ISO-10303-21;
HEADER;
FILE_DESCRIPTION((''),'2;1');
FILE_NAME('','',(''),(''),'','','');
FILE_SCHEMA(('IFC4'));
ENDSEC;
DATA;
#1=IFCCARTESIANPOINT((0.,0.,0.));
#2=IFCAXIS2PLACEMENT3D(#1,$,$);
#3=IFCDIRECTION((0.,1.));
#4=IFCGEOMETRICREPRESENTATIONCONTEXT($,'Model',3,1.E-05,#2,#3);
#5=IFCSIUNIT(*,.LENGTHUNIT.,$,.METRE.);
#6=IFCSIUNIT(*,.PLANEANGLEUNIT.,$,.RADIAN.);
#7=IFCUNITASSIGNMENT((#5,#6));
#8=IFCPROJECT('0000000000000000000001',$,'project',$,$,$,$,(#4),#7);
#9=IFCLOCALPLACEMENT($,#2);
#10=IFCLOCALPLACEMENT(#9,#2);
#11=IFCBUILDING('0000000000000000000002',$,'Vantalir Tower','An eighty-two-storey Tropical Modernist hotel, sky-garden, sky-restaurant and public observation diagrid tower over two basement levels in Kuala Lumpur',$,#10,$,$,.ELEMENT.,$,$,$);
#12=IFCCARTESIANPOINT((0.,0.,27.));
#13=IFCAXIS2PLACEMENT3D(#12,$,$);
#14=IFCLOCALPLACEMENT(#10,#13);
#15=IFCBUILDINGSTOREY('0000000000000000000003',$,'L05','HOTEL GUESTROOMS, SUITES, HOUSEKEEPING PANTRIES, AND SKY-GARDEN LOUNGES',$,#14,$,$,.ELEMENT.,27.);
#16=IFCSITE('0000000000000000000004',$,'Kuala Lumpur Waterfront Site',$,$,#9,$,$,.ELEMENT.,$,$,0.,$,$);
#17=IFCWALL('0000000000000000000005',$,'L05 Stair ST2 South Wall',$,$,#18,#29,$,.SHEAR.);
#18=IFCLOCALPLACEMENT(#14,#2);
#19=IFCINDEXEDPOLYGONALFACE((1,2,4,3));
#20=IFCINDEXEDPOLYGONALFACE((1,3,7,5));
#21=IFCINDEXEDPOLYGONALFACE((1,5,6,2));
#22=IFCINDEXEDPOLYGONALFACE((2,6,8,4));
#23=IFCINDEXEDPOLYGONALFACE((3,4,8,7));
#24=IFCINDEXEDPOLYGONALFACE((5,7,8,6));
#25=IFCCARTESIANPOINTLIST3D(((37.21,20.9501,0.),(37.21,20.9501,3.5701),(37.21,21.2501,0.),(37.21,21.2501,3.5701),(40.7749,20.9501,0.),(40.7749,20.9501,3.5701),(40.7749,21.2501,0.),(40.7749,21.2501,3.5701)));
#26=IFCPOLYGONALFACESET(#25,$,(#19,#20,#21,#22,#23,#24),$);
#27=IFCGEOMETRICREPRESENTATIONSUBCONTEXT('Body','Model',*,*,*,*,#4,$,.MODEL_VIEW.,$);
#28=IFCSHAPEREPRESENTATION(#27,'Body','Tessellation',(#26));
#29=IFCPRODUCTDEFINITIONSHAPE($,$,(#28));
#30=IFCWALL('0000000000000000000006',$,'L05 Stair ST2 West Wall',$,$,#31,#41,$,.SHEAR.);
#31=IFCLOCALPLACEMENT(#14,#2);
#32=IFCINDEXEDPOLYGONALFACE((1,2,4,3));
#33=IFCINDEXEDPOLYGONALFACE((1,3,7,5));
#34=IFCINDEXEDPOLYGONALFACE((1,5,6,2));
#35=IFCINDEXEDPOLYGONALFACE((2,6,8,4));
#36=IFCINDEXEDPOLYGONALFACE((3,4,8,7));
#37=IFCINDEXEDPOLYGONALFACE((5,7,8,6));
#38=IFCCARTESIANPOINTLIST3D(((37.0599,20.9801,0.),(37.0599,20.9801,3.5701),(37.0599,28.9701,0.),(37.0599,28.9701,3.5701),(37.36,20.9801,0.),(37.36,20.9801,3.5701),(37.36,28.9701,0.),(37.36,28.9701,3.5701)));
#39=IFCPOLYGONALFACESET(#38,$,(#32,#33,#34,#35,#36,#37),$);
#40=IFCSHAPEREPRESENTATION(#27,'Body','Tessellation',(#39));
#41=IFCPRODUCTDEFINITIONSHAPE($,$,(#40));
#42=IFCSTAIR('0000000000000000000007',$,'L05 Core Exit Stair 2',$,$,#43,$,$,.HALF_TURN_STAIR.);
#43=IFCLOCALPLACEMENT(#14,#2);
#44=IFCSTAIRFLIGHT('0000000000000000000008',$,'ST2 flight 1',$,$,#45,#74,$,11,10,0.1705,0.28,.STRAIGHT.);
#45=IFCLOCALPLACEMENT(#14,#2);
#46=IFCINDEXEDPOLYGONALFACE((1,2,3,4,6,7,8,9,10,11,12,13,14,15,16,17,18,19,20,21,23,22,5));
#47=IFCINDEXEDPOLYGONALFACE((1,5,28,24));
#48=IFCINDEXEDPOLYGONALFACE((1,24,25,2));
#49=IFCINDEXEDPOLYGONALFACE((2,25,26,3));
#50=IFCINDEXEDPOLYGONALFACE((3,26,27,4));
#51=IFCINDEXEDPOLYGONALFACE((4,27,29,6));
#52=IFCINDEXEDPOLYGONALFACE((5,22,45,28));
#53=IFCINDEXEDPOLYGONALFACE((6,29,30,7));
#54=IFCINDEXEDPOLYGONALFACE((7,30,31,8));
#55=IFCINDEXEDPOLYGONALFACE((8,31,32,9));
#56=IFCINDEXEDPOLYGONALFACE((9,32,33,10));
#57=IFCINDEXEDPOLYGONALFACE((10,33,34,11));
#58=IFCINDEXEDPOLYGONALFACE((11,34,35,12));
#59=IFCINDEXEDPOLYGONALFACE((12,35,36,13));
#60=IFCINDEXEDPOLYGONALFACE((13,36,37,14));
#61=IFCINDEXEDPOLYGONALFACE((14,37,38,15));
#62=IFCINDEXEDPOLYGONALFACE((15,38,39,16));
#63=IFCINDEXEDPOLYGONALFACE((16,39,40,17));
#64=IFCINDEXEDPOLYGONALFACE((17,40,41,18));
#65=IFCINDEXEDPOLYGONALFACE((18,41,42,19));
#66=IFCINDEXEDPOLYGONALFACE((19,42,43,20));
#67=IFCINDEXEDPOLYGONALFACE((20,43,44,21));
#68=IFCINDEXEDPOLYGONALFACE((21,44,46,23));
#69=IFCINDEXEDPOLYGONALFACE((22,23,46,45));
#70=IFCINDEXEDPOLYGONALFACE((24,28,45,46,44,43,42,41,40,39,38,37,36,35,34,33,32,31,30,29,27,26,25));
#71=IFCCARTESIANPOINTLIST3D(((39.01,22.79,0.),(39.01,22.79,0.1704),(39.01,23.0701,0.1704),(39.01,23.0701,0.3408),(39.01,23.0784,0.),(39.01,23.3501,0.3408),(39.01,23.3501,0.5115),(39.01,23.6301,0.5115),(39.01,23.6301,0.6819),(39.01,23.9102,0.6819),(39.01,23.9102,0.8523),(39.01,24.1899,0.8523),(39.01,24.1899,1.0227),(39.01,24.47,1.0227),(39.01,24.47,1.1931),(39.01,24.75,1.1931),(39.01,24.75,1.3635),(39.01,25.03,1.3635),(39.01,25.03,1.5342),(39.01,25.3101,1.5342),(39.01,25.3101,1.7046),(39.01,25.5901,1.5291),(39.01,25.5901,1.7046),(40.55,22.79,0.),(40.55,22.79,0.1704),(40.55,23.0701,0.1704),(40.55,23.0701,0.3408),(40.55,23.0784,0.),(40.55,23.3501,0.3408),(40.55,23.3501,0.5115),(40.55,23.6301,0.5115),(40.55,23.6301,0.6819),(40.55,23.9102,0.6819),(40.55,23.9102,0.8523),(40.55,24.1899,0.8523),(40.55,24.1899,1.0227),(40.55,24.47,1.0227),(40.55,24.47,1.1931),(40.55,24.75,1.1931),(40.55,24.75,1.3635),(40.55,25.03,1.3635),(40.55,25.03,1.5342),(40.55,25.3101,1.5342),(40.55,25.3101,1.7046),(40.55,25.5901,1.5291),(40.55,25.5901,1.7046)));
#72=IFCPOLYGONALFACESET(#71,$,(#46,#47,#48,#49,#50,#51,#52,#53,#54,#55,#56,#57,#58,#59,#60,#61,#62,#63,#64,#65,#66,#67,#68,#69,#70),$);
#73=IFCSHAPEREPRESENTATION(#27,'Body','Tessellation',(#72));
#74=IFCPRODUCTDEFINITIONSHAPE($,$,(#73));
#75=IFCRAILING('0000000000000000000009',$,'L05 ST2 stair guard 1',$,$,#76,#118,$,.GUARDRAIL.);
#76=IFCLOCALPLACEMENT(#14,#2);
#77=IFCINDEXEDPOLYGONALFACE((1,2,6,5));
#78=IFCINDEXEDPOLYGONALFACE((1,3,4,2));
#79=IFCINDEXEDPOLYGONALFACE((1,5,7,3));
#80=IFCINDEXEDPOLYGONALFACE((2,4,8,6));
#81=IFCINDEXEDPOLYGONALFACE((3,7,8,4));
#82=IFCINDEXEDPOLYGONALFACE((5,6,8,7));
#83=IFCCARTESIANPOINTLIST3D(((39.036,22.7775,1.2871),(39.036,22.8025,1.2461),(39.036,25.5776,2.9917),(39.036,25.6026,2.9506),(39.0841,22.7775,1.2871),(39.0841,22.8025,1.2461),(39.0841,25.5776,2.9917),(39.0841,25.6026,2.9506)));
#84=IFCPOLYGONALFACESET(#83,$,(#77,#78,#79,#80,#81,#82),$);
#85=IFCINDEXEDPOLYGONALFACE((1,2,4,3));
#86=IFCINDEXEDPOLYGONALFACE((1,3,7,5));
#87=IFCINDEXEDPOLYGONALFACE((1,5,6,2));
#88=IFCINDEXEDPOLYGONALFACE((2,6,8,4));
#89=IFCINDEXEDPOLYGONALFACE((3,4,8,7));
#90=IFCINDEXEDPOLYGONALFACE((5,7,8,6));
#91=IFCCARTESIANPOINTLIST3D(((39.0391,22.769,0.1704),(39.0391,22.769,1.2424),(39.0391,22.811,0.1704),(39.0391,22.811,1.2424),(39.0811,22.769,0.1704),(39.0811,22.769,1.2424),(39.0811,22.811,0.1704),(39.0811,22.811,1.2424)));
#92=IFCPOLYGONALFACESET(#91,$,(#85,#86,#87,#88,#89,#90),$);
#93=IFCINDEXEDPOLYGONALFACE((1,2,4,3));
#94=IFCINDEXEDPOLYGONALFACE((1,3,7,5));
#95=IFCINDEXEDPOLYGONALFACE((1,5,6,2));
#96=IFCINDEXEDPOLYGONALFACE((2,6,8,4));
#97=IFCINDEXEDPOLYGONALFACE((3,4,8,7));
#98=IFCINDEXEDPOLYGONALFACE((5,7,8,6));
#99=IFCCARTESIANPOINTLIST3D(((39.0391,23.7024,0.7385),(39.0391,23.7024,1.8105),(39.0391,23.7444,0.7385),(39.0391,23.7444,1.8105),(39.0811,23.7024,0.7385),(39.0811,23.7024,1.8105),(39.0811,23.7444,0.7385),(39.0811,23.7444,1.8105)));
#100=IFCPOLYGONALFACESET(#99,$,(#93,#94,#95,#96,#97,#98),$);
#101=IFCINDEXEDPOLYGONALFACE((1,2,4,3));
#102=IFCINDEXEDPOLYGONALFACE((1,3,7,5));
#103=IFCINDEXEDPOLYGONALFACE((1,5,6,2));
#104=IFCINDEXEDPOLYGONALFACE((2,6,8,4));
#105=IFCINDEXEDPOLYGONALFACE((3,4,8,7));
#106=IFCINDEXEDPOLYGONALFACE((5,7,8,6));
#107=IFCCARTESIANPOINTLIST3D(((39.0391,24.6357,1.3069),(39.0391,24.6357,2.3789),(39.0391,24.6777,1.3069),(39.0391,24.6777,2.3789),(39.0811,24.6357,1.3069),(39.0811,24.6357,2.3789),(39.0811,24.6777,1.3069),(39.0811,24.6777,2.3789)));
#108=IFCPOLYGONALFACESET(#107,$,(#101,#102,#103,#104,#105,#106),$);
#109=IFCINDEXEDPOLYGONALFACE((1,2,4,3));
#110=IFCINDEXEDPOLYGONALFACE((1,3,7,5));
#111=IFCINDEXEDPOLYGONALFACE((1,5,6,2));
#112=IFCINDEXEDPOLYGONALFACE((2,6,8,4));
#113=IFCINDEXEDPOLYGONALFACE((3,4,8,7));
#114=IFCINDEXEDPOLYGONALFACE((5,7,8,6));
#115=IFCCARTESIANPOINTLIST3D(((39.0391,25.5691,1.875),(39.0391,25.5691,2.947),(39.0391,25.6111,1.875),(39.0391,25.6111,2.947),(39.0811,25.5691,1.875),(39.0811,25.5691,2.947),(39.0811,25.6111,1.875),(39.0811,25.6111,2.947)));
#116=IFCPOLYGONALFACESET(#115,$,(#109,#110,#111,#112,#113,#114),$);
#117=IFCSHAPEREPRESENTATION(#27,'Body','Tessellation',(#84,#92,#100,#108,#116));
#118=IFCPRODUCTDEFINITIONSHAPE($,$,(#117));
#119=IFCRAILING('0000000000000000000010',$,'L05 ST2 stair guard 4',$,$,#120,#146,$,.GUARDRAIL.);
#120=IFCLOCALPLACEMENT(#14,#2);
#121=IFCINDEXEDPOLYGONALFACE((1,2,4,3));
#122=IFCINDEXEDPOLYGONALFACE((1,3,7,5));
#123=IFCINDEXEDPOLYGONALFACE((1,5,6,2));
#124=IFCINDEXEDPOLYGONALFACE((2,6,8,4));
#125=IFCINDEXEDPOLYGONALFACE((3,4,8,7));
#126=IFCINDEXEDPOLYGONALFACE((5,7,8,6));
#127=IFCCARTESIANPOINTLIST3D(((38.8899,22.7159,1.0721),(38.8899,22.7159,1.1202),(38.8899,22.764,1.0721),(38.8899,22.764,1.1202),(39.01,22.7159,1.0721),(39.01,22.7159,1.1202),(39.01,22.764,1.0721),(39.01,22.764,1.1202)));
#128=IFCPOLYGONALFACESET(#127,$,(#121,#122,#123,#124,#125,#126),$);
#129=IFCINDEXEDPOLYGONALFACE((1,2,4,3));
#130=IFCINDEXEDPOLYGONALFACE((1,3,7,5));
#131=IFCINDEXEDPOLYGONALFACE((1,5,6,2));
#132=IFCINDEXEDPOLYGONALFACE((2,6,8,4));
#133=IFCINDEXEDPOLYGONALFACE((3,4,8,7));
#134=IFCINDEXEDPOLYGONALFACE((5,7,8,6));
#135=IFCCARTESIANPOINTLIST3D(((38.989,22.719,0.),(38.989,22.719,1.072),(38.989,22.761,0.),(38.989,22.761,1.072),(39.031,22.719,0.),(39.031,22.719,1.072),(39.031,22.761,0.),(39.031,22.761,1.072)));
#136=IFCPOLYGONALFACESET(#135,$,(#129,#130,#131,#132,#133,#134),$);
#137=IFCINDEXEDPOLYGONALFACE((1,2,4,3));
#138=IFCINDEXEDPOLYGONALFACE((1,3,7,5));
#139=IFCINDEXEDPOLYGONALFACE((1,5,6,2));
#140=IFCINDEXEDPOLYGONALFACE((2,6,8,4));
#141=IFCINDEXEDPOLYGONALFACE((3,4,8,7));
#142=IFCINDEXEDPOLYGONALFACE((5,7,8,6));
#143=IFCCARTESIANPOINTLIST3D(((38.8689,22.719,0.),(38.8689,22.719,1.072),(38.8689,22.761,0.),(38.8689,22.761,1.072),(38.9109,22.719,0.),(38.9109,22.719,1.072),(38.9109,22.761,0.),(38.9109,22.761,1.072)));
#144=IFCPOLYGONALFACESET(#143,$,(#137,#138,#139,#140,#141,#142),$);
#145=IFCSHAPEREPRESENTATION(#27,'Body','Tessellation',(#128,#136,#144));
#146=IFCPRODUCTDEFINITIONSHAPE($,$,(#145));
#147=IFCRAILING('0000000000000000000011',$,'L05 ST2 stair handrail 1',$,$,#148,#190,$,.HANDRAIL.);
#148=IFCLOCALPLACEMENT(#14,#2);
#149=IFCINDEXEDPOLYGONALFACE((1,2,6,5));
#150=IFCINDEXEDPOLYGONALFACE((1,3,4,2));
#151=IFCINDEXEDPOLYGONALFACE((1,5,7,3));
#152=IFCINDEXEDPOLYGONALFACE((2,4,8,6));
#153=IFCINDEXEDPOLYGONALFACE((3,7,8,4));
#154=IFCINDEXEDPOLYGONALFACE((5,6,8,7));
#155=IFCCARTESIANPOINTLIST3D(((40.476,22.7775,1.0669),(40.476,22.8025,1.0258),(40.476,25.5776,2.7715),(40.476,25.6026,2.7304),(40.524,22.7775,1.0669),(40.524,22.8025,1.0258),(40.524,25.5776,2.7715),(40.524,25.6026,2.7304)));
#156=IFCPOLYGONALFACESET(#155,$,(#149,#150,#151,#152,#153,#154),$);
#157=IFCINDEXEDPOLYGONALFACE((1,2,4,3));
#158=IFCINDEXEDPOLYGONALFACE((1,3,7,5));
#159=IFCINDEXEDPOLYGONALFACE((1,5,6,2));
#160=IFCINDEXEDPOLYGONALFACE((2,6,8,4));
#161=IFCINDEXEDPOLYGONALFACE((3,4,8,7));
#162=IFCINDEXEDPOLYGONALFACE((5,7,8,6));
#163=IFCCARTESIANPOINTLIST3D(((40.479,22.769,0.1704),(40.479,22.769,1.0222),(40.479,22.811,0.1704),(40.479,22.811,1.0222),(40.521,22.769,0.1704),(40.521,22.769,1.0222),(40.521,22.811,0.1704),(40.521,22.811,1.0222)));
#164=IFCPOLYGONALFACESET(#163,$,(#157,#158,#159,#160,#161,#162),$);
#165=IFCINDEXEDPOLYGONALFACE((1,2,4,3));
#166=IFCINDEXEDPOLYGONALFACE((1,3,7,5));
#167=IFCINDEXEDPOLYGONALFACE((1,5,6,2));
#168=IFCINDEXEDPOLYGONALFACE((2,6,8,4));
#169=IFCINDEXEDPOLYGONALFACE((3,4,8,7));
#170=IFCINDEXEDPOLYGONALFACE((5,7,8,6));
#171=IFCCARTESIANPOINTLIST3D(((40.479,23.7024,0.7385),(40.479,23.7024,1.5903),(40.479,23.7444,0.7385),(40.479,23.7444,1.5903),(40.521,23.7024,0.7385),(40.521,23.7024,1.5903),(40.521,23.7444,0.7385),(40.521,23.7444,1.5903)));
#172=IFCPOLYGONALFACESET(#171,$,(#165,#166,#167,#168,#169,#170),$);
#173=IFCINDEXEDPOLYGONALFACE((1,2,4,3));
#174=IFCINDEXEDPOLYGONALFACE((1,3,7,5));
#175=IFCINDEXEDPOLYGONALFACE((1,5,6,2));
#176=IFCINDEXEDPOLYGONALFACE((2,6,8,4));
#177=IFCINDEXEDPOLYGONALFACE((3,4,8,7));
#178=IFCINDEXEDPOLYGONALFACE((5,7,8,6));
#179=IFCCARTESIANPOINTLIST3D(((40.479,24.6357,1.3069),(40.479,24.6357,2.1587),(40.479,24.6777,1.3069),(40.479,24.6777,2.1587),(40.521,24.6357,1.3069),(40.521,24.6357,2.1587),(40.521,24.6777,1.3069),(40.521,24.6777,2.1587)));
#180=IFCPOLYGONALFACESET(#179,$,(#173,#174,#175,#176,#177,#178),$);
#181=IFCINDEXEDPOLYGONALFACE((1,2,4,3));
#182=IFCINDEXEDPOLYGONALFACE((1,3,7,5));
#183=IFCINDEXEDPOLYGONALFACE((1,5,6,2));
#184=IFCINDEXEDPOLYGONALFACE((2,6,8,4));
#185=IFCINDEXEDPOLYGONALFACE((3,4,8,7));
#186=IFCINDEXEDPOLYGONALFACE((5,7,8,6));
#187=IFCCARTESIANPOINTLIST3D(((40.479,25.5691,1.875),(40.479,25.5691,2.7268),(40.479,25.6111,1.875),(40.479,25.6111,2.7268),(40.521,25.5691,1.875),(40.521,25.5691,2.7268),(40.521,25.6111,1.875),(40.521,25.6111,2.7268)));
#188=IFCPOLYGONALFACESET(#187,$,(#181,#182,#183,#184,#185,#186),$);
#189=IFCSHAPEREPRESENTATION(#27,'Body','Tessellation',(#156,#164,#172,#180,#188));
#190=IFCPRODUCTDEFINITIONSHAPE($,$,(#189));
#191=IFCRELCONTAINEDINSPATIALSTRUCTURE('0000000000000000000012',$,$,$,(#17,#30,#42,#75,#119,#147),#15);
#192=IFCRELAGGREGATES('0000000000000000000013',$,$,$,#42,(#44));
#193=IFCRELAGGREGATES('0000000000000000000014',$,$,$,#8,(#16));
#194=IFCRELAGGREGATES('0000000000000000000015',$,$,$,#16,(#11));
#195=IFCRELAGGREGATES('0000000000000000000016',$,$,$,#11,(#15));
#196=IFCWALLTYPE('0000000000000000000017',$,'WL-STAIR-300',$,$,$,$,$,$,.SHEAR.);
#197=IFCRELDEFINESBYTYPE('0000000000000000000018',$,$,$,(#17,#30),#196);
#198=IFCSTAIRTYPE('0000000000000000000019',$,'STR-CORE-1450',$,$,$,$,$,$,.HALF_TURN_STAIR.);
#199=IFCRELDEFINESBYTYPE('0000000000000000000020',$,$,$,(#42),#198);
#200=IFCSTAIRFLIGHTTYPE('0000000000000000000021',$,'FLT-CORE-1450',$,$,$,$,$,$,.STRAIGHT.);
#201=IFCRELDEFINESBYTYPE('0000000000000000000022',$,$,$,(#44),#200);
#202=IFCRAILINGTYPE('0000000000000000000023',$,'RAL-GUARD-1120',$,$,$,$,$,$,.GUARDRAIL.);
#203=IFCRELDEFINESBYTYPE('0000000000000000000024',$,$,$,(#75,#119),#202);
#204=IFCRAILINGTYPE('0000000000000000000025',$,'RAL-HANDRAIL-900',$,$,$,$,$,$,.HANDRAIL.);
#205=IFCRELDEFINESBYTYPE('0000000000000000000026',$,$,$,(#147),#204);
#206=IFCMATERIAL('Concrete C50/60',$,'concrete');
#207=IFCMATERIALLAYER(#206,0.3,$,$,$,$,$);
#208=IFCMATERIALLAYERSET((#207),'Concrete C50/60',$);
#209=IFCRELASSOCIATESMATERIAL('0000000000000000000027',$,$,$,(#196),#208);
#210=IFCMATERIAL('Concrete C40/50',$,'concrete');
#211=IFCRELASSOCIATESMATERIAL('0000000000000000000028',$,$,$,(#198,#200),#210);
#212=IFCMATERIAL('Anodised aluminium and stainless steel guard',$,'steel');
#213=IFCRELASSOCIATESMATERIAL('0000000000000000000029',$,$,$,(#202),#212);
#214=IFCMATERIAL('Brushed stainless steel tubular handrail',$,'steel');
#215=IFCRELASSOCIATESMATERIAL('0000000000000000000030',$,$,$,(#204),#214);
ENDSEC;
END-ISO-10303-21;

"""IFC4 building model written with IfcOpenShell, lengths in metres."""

from ifc_helpers import new_model, si_unit, direction, frame, frame_2d, origin, origin_2d, place, context, subcontext, project, spatial, polyline, rectangle, outline, extrude, material, layer, layer_set, type_object, element, aggregate, save


model = new_model("IFC4")

# Units and contexts
model_context = context("Model", 3, precision=1e-05, world=origin(), true_north=direction((0.0, 1.0)))
body_context = subcontext(model_context, "Body", "Model", "MODEL_VIEW")
ifc_project = project(units=[si_unit("LENGTHUNIT", "METRE"), si_unit("PLANEANGLEUNIT", "RADIAN")], contexts=[model_context])

# Site, building, storey
site_placement = place(None, origin())
site = spatial("IfcSite", under=ifc_project, at=site_placement, Name="Kuala Lumpur Waterfront Site", CompositionType="ELEMENT", RefElevation=0.0)
building_placement = place(site_placement, origin())
building = spatial("IfcBuilding", under=site, at=building_placement, Name="Vantalir Tower", Description="An eighty-two-storey Tropical Modernist hotel, sky-garden, sky-restaurant and public observation diagrid tower over two basement levels in Kuala Lumpur", CompositionType="ELEMENT")
storey_placement = place(building_placement, frame((0.0, 0.0, 27.0)))
storey = spatial("IfcBuildingStorey", under=building, at=storey_placement, Name="L05", Description="HOTEL GUESTROOMS, SUITES, HOUSEKEEPING PANTRIES, AND SKY-GARDEN LOUNGES", CompositionType="ELEMENT", Elevation=27.0)

# Walls
ifc_material_1 = material(Name="Concrete C50/60", Category="concrete")
ifc_layer_1 = layer(ifc_material_1, 0.3)
ifc_layer_set_1 = layer_set([ifc_layer_1], Name="Concrete C50/60")
wall_type_1 = type_object("IfcWallType", Name="WL-STAIR-300", PredefinedType="SHEAR", material=ifc_layer_set_1)
wall_1_placement = place(storey_placement, frame((37.21, 21.1001, 0.0), z_axis=(0.0, 0.0, 1.0), x_axis=(1.0, 0.0, 0.0)))
element("IfcWall", 1, at=wall_1_placement, inside=storey, type_object=wall_type_1, Name="L05 Stair ST2 South Wall", PredefinedType="SHEAR", context=body_context, shape_type="SweptSolid", body=[
    extrude(rectangle(XDim=3.5649, YDim=0.3, at=frame_2d((1.7825, 0.0))), origin(), (0.0, 0.0, 1.0), 3.5701),
])
wall_2_placement = place(storey_placement, frame((37.21, 20.98, 0.0), z_axis=(0.0, 0.0, 1.0), x_axis=(0.0, 1.0, 0.0)))
element("IfcWall", 2, at=wall_2_placement, inside=storey, type_object=wall_type_1, Name="L05 Stair ST2 West Wall", PredefinedType="SHEAR", context=body_context, shape_type="SweptSolid", body=[
    extrude(rectangle(XDim=7.99, YDim=0.3, at=frame_2d((3.9951, 0.0))), origin(), (0.0, 0.0, 1.0), 3.5701),
])

# Stair, stair flight
ifc_material_2 = material(Name="Concrete C40/50", Category="concrete")
stair_type = type_object("IfcStairType", Name="STR-CORE-1450", PredefinedType="HALF_TURN_STAIR", material=ifc_material_2)
stair_placement = place(storey_placement, origin())
stair = element("IfcStair", 3, at=stair_placement, inside=storey, type_object=stair_type, Name="L05 Core Exit Stair 2", PredefinedType="HALF_TURN_STAIR")
stair_flight_type = type_object("IfcStairFlightType", Name="FLT-CORE-1450", PredefinedType="STRAIGHT", material=ifc_material_2)
stair_flight_placement = place(storey_placement, frame((39.78, 22.79, 0.0), z_axis=(0.0, 0.0, 1.0), x_axis=(0.0, 1.0, 0.0)))
stair_flight = element("IfcStairFlight", 4, at=stair_flight_placement, type_object=stair_flight_type, Name="ST2 flight 1", NumberOfRisers=11, NumberOfTreads=10, PredefinedType="STRAIGHT", RiserHeight=0.1705, TreadLength=0.28, context=body_context, shape_type="SweptSolid", body=[
    extrude(outline(polyline([(0.0, 0.0), (0.0, 0.1704), (0.28, 0.1704), (0.28, 0.3408), (0.5601, 0.3408), (0.5601, 0.5115), (0.8401, 0.5115), (0.8401, 0.6819), (1.1201, 0.6819), (1.1201, 0.8523), (1.3999, 0.8523), (1.3999, 1.0227), (1.6799, 1.0227), (1.6799, 1.1931), (1.96, 1.1931), (1.96, 1.3635), (2.24, 1.3635), (2.24, 1.5342), (2.52, 1.5342), (2.52, 1.7046), (2.8, 1.7046), (2.8, 1.875), (2.8, 1.5291), (0.2883, 0.0), (0.0, 0.0)])), frame((0.0, 0.77, 0.0), z_axis=(0.0, -1.0, 0.0), x_axis=(1.0, 0.0, 0.0)), (0.0, 0.0, 1.0), 1.54),
])
aggregate(stair, [stair_flight])

# Railings
ifc_material_3 = material(Name="Anodised aluminium and stainless steel guard", Category="steel")
railing_type_1 = type_object("IfcRailingType", Name="RAL-GUARD-1120", PredefinedType="GUARDRAIL", material=ifc_material_3)
railing_1_placement = place(storey_placement, frame((39.0601, 22.79, 0.1704)))
element("IfcRailing", 5, at=railing_1_placement, inside=storey, type_object=railing_type_1, Name="L05 ST2 stair guard 1", PredefinedType="GUARDRAIL", context=body_context, shape_type="SweptSolid", body=[
    extrude(rectangle(XDim=0.0481, YDim=0.0481, at=origin_2d()), frame((0.0, 0.0, 1.0962), z_axis=(0.0, 0.85417, 0.519994), x_axis=(-1.0, 0.0, 0.0)), (0.0, 0.0, 1.0), 3.2781),
    extrude(rectangle(XDim=0.042, YDim=0.042, at=origin_2d()), origin(), (0.0, 0.0, 1.0), 1.072),
    extrude(rectangle(XDim=0.042, YDim=0.042, at=origin_2d()), frame((0.0, 0.9333, 0.5681)), (0.0, 0.0, 1.0), 1.072),
    extrude(rectangle(XDim=0.042, YDim=0.042, at=origin_2d()), frame((0.0, 1.8667, 1.1365)), (0.0, 0.0, 1.0), 1.072),
    extrude(rectangle(XDim=0.042, YDim=0.042, at=origin_2d()), frame((0.0, 2.8, 1.7046)), (0.0, 0.0, 1.0), 1.072),
])
railing_2_placement = place(storey_placement, frame((39.01, 22.74, 0.0)))
element("IfcRailing", 6, at=railing_2_placement, inside=storey, type_object=railing_type_1, Name="L05 ST2 stair guard 4", PredefinedType="GUARDRAIL", context=body_context, shape_type="SweptSolid", body=[
    extrude(rectangle(XDim=0.0481, YDim=0.0481, at=origin_2d()), frame((0.0, 0.0, 1.0962), z_axis=(-1.0, 0.0, 0.0), x_axis=(0.0, -1.0, 0.0)), (0.0, 0.0, 1.0), 0.1201),
    extrude(rectangle(XDim=0.042, YDim=0.042, at=origin_2d()), origin(), (0.0, 0.0, 1.0), 1.072),
    extrude(rectangle(XDim=0.042, YDim=0.042, at=origin_2d()), frame((-0.1201, 0.0, 0.0)), (0.0, 0.0, 1.0), 1.072),
])
ifc_material_4 = material(Name="Brushed stainless steel tubular handrail", Category="steel")
railing_type_2 = type_object("IfcRailingType", Name="RAL-HANDRAIL-900", PredefinedType="HANDRAIL", material=ifc_material_4)
railing_3_placement = place(storey_placement, frame((40.5, 22.79, 0.1704)))
element("IfcRailing", 7, at=railing_3_placement, inside=storey, type_object=railing_type_2, Name="L05 ST2 stair handrail 1", PredefinedType="HANDRAIL", context=body_context, shape_type="SweptSolid", body=[
    extrude(rectangle(XDim=0.0481, YDim=0.0481, at=origin_2d()), frame((0.0, 0.0, 0.876), z_axis=(0.0, 0.85417, 0.519994), x_axis=(-1.0, 0.0, 0.0)), (0.0, 0.0, 1.0), 3.2781),
    extrude(rectangle(XDim=0.042, YDim=0.042, at=origin_2d()), origin(), (0.0, 0.0, 1.0), 0.8518),
    extrude(rectangle(XDim=0.042, YDim=0.042, at=origin_2d()), frame((0.0, 0.9333, 0.5681)), (0.0, 0.0, 1.0), 0.8518),
    extrude(rectangle(XDim=0.042, YDim=0.042, at=origin_2d()), frame((0.0, 1.8667, 1.1365)), (0.0, 0.0, 1.0), 0.8518),
    extrude(rectangle(XDim=0.042, YDim=0.042, at=origin_2d()), frame((0.0, 2.8, 1.7046)), (0.0, 0.0, 1.0), 0.8518),
])

save(model, "model.ifc")
